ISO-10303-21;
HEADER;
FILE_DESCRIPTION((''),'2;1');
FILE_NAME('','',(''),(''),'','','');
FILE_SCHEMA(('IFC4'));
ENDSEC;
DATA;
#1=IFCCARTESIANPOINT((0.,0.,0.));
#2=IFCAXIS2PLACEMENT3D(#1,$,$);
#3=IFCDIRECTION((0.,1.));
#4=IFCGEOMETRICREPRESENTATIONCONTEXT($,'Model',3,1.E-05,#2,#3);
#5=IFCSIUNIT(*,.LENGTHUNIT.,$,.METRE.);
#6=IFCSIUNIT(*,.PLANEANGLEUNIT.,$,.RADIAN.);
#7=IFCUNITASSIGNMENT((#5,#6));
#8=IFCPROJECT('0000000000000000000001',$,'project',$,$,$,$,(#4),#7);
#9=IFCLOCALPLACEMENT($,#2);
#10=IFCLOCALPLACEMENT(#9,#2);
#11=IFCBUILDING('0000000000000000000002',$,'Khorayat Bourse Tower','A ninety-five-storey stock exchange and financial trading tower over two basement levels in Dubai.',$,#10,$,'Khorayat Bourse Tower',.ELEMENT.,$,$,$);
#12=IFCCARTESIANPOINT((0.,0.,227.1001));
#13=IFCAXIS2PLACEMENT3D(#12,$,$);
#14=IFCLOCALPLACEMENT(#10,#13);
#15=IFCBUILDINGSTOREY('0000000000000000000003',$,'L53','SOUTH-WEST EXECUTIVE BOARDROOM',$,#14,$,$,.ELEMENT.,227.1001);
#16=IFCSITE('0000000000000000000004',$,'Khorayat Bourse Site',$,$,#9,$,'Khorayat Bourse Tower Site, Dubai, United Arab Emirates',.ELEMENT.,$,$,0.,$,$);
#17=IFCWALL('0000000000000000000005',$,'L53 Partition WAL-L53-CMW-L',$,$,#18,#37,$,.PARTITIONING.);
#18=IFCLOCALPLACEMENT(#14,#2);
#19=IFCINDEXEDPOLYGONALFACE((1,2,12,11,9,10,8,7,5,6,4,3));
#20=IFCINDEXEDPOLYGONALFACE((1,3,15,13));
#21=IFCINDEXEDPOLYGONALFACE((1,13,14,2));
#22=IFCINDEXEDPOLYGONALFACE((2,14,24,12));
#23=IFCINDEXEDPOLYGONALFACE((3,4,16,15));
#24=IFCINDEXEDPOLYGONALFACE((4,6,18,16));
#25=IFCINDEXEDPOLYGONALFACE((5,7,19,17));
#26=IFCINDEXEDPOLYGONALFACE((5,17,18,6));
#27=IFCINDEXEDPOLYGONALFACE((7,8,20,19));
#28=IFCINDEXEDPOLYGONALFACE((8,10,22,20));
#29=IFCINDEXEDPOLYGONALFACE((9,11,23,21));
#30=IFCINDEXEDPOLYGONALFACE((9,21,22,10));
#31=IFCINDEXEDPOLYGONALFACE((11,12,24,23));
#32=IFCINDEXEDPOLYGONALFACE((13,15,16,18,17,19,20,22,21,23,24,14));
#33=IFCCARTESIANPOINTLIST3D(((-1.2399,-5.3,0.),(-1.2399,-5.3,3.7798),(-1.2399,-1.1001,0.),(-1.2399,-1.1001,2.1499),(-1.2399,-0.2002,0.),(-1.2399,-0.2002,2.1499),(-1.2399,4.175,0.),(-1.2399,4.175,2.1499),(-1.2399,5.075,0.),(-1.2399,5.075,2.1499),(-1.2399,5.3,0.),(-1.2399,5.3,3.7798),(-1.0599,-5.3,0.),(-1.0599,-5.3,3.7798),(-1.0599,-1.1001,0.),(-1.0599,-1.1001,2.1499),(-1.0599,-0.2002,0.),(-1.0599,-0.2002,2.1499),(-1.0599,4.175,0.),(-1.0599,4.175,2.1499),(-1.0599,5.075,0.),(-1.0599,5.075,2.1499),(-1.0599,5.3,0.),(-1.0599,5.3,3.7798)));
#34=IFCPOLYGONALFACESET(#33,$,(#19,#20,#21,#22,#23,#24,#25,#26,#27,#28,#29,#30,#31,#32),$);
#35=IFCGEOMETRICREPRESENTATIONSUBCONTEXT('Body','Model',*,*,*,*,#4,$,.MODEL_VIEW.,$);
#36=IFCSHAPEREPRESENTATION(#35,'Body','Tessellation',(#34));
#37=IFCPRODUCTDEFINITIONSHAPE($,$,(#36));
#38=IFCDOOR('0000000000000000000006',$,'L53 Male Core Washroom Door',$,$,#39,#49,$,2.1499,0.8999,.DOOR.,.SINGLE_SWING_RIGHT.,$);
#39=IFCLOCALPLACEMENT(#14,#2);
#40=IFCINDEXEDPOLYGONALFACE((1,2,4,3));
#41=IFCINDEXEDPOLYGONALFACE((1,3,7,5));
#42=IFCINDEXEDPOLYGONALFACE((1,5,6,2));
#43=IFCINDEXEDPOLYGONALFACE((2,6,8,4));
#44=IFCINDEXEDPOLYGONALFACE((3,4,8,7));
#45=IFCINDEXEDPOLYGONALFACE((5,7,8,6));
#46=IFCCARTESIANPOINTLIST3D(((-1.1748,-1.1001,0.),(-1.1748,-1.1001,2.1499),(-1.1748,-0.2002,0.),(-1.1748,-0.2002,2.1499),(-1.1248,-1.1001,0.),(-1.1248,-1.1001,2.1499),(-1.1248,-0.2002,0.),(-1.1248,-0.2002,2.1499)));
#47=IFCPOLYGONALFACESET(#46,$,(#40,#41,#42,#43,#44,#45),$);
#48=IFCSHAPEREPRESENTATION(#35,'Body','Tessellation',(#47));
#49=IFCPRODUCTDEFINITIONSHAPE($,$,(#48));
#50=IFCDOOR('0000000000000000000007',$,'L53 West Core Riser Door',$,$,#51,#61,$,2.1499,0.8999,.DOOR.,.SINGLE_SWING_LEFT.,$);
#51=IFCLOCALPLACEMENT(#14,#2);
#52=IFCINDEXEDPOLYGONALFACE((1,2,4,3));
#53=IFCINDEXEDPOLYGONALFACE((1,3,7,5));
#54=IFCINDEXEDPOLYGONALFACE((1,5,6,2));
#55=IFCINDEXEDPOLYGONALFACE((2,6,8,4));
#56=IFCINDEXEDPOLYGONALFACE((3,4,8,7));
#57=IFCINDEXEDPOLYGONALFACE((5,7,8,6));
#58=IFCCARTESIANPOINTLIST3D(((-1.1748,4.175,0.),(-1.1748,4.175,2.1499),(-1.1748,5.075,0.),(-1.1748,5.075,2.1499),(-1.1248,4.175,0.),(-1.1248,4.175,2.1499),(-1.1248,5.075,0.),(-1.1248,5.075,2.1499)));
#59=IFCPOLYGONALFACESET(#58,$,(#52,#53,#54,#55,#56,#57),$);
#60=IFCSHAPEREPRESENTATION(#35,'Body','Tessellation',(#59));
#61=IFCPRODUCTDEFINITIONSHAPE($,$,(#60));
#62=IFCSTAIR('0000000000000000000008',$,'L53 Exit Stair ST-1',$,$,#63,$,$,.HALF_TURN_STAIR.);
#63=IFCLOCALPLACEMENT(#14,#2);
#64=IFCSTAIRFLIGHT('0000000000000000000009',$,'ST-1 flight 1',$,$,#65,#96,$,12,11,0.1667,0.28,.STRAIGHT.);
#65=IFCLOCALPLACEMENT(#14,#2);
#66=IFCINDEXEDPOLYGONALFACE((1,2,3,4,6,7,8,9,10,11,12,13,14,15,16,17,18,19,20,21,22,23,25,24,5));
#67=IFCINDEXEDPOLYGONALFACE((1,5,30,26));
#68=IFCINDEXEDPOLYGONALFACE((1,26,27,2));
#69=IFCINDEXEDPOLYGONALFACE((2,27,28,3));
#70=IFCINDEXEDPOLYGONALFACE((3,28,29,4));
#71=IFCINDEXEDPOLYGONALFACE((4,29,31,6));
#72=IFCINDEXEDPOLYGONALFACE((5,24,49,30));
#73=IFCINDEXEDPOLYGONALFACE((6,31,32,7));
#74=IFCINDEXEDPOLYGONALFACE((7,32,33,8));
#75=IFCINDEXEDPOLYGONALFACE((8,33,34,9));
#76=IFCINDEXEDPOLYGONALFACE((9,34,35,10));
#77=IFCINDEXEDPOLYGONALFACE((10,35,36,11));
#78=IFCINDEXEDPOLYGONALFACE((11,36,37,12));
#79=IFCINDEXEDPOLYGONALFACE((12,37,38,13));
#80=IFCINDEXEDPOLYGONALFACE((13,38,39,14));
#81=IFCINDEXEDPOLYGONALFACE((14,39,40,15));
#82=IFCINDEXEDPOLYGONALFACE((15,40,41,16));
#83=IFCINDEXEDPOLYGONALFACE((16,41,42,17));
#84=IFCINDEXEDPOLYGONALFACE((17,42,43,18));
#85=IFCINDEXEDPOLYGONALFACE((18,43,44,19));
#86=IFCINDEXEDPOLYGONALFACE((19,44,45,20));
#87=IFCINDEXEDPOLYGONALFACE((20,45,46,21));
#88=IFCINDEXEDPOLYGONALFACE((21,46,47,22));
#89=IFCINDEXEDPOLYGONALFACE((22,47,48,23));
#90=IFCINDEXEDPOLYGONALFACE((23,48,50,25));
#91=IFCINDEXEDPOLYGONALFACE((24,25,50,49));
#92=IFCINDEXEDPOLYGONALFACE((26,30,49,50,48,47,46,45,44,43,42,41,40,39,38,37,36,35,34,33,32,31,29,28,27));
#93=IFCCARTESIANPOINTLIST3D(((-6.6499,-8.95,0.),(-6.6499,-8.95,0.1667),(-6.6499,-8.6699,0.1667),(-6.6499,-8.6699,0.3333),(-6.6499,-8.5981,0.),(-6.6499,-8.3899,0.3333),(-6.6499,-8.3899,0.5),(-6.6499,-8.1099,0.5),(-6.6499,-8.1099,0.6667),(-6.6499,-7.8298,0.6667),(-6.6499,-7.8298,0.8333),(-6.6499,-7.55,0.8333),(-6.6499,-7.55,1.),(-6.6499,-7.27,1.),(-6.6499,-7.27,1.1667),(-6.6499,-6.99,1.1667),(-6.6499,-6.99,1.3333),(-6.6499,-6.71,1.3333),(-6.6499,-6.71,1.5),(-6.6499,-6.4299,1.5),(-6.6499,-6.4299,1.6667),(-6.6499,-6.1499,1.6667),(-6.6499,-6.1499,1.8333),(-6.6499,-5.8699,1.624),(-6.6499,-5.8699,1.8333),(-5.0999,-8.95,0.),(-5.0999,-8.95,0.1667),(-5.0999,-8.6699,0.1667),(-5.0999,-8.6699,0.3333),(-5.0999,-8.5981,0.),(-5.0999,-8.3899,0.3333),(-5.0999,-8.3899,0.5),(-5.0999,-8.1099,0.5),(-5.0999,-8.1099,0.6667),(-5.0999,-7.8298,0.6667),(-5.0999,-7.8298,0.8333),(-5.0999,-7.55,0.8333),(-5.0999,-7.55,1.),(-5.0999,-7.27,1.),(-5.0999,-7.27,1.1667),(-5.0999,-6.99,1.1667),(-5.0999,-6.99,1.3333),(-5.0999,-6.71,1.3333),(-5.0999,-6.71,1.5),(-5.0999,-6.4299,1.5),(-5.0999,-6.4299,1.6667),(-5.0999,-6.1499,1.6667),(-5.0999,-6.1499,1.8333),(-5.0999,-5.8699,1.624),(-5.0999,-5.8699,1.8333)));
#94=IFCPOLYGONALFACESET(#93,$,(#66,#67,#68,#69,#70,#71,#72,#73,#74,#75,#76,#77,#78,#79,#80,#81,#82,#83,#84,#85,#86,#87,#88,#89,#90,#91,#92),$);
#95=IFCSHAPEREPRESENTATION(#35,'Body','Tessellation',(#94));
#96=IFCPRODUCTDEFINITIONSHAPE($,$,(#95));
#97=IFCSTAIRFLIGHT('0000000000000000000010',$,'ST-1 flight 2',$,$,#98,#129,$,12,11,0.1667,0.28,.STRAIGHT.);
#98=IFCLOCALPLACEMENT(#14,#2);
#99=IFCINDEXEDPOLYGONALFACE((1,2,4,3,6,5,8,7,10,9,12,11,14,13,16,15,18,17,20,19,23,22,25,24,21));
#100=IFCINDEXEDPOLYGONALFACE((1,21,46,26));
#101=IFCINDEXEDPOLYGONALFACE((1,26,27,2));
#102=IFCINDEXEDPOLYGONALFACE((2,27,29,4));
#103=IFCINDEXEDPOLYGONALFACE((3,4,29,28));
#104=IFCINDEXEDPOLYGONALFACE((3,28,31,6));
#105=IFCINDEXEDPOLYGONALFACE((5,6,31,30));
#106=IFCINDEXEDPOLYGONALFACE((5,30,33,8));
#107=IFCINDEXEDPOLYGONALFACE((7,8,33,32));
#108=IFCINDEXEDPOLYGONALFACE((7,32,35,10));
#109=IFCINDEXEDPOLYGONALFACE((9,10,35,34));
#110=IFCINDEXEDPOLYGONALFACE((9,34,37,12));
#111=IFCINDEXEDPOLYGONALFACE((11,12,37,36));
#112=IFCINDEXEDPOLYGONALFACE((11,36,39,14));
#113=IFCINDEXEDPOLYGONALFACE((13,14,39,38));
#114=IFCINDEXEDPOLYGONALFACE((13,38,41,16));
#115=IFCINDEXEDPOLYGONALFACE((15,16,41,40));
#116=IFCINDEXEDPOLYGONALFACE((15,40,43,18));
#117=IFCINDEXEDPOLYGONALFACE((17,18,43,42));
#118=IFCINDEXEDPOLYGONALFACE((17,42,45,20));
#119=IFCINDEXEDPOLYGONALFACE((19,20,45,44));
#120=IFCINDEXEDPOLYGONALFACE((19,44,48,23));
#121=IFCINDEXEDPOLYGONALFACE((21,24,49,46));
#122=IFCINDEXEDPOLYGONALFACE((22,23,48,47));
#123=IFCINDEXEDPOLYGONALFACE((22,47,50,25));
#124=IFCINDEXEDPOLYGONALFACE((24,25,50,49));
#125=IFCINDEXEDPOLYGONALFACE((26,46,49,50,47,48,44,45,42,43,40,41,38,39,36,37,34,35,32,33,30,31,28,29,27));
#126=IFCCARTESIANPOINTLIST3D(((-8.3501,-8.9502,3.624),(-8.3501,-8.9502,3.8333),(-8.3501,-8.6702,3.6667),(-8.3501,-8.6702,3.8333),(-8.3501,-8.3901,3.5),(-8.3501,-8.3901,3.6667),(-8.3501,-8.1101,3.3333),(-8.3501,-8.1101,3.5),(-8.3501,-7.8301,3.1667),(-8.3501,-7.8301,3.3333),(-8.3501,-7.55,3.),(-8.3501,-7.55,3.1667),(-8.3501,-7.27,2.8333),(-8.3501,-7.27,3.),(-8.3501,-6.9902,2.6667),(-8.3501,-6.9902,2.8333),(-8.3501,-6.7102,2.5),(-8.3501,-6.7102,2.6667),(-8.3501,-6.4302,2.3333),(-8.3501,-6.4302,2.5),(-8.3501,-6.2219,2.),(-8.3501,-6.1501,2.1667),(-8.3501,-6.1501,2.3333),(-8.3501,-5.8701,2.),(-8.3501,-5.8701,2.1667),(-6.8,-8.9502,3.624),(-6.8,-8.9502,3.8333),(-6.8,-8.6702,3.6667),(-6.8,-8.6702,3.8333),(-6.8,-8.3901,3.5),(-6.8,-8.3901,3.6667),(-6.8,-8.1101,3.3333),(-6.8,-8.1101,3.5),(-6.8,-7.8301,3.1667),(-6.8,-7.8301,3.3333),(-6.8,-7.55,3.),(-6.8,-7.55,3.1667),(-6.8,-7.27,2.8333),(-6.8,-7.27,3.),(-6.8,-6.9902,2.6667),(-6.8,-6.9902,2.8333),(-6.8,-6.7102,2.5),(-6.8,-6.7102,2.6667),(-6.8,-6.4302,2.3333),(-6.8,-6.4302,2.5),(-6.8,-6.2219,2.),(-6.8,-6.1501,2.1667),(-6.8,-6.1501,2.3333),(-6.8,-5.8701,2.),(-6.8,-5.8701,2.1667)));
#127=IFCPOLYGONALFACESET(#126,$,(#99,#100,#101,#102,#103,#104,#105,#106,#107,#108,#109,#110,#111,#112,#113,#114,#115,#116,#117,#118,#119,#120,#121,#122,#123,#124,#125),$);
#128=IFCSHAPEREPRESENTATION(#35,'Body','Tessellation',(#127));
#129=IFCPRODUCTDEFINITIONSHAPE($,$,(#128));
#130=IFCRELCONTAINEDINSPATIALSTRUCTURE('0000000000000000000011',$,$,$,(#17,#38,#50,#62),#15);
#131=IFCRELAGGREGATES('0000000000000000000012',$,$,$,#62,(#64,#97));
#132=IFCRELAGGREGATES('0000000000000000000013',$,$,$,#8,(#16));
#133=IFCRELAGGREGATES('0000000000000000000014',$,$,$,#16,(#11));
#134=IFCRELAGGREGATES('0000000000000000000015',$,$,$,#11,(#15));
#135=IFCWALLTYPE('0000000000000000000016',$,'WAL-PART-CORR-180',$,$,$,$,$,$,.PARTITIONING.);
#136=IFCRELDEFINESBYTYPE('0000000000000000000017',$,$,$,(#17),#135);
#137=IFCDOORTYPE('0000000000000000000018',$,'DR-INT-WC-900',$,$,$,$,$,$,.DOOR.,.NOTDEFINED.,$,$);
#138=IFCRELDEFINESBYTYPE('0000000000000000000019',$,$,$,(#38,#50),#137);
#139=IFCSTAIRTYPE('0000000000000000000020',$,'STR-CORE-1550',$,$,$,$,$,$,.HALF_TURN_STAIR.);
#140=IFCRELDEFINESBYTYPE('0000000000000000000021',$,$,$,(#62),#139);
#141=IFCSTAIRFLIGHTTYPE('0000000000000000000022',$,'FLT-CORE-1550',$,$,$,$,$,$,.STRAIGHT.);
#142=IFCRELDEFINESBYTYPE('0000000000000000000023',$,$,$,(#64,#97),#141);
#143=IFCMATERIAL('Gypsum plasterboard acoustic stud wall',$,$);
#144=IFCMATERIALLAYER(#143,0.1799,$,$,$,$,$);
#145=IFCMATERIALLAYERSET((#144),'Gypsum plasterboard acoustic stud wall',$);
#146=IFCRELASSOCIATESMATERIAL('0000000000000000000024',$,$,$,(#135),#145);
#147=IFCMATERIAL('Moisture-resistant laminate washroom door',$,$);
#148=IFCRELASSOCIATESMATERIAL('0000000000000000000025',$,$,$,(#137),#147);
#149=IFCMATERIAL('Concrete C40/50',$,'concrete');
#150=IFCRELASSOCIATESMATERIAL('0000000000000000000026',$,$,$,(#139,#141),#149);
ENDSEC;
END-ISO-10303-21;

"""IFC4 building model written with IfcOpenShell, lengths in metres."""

from ifc_helpers import new_model, si_unit, direction, frame, frame_2d, origin, place, context, subcontext, project, spatial, polyline, rectangle, outline, extrude, source, transform, mapped, material, layer, layer_set, type_object, element, fill, aggregate, save


model = new_model("IFC4")

# Units and contexts
model_context = context("Model", 3, precision=1e-05, world=origin(), true_north=direction((0.0, 1.0)))
body_context = subcontext(model_context, "Body", "Model", "MODEL_VIEW")
ifc_project = project(units=[si_unit("LENGTHUNIT", "METRE"), si_unit("PLANEANGLEUNIT", "RADIAN")], contexts=[model_context])

# Site, building, storey
site_placement = place(None, origin())
site = spatial("IfcSite", under=ifc_project, at=site_placement, Name="Khorayat Bourse Site", LongName="Khorayat Bourse Tower Site, Dubai, United Arab Emirates", CompositionType="ELEMENT", RefElevation=0.0)
building_placement = place(site_placement, origin())
building = spatial("IfcBuilding", under=site, at=building_placement, Name="Khorayat Bourse Tower", Description="A ninety-five-storey stock exchange and financial trading tower over two basement levels in Dubai.", LongName="Khorayat Bourse Tower", CompositionType="ELEMENT")
storey_placement = place(building_placement, frame((0.0, 0.0, 227.1001)))
storey = spatial("IfcBuildingStorey", under=building, at=storey_placement, Name="L53", Description="SOUTH-WEST EXECUTIVE BOARDROOM", CompositionType="ELEMENT", Elevation=227.1001)

# Shared definitions
ifc_material_1 = material(Name="Gypsum plasterboard acoustic stud wall")
ifc_layer_1 = layer(ifc_material_1, 0.1799)
ifc_layer_set_1 = layer_set([ifc_layer_1], Name="Gypsum plasterboard acoustic stud wall")
wall_type_1 = type_object("IfcWallType", Name="WAL-PART-CORR-180", PredefinedType="PARTITIONING", material=ifc_layer_set_1)

# Shared definitions
shared_shape_1 = source(origin(), body_context, "Body", "SweptSolid", [
    extrude(rectangle(XDim=0.8999, YDim=2.1499, at=frame_2d((0.45, 1.075))), frame((0.0, 0.0999, 0.0), z_axis=(0.0, -1.0, 0.0), x_axis=(1.0, 0.0, 0.0)), (0.0, 0.0, 1.0), 0.2),
])
ifc_material_2 = material(Name="Moisture-resistant laminate washroom door")
door_type_1 = type_object("IfcDoorType", Name="DR-INT-WC-900", OperationType="NOTDEFINED", PredefinedType="DOOR", material=ifc_material_2)
shared_shape_2 = source(origin(), body_context, "Body", "SweptSolid", [
    extrude(rectangle(XDim=0.8999, YDim=2.1499, at=frame_2d((0.45, 1.075))), frame((0.0, 0.0249, 0.0), z_axis=(0.0, -1.0, 0.0), x_axis=(1.0, 0.0, 0.0)), (0.0, 0.0, 1.0), 0.05),
])

# Wall, openings, doors
shared_shape_3 = source(origin(), body_context, "Body", "SweptSolid", [
    extrude(rectangle(XDim=10.6001, YDim=0.1799, at=frame_2d((5.3, 0.0))), origin(), (0.0, 0.0, 1.0), 3.7798),
])
wall_1_placement = place(storey_placement, frame((-1.1499, -5.3, 0.0), z_axis=(0.0, 0.0, 1.0), x_axis=(0.0, 1.0, 0.0)))
wall_1 = element("IfcWall", 1, at=wall_1_placement, inside=storey, type_object=wall_type_1, Name="L53 Partition WAL-L53-CMW-L", PredefinedType="PARTITIONING", context=body_context, shape_type="MappedRepresentation", body=[
    mapped(shared_shape_3, transform((0.0, 0.0, 0.0), scale=1.0)),
])
opening_1_placement = place(wall_1_placement, frame((4.2, 0.0, 0.0)))
opening_1 = element("IfcOpeningElement", 2, at=opening_1_placement, cuts=wall_1, PredefinedType="OPENING", context=body_context, shape_type="MappedRepresentation", body=[
    mapped(shared_shape_1, transform((0.0, 0.0, 0.0), scale=1.0)),
])
opening_2_placement = place(wall_1_placement, frame((9.4751, 0.0, 0.0)))
opening_2 = element("IfcOpeningElement", 3, at=opening_2_placement, cuts=wall_1, PredefinedType="OPENING", context=body_context, shape_type="MappedRepresentation", body=[
    mapped(shared_shape_1, transform((0.0, 0.0, 0.0), scale=1.0)),
])
door_1_placement = place(opening_1_placement, origin())
door_1 = element("IfcDoor", 4, at=door_1_placement, inside=storey, type_object=door_type_1, Name="L53 Male Core Washroom Door", OperationType="SINGLE_SWING_RIGHT", OverallHeight=2.1499, OverallWidth=0.8999, PredefinedType="DOOR", context=body_context, shape_type="MappedRepresentation", body=[
    mapped(shared_shape_2, transform((0.0, 0.0, 0.0), scale=1.0)),
])
fill(opening_1, door_1)
door_2_placement = place(opening_2_placement, origin())
door_2 = element("IfcDoor", 5, at=door_2_placement, inside=storey, type_object=door_type_1, Name="L53 West Core Riser Door", OperationType="SINGLE_SWING_LEFT", OverallHeight=2.1499, OverallWidth=0.8999, PredefinedType="DOOR", context=body_context, shape_type="MappedRepresentation", body=[
    mapped(shared_shape_2, transform((0.0, 0.0, 0.0), scale=1.0)),
])
fill(opening_2, door_2)

# Stair, stair flights
ifc_material_3 = material(Name="Concrete C40/50", Category="concrete")
stair_type = type_object("IfcStairType", Name="STR-CORE-1550", PredefinedType="HALF_TURN_STAIR", material=ifc_material_3)
stair_placement = place(storey_placement, origin())
stair = element("IfcStair", 6, at=stair_placement, inside=storey, type_object=stair_type, Name="L53 Exit Stair ST-1", PredefinedType="HALF_TURN_STAIR")
stair_flight_type = type_object("IfcStairFlightType", Name="FLT-CORE-1550", PredefinedType="STRAIGHT", material=ifc_material_3)
shared_shape_4 = source(origin(), body_context, "Body", "SweptSolid", [
    extrude(outline(polyline([(0.0, 0.0), (0.0, 0.1667), (0.28, 0.1667), (0.28, 0.3333), (0.5601, 0.3333), (0.5601, 0.5), (0.8401, 0.5), (0.8401, 0.6667), (1.1201, 0.6667), (1.1201, 0.8333), (1.3999, 0.8333), (1.3999, 1.0), (1.6799, 1.0), (1.6799, 1.1667), (1.96, 1.1667), (1.96, 1.3333), (2.24, 1.3333), (2.24, 1.5), (2.52, 1.5), (2.52, 1.6667), (2.8, 1.6667), (2.8, 1.8333), (3.0801, 1.8333), (3.0801, 2.0), (3.0801, 1.624), (0.3518, 0.0), (0.0, 0.0)])), frame((0.0, 0.7749, 0.0), z_axis=(0.0, -1.0, 0.0), x_axis=(1.0, 0.0, 0.0)), (0.0, 0.0, 1.0), 1.55),
])
stair_flight_1_placement = place(storey_placement, frame((-5.875, -8.95, 0.0), z_axis=(0.0, 0.0, 1.0), x_axis=(0.0, 1.0, 0.0)))
stair_flight_1 = element("IfcStairFlight", 7, at=stair_flight_1_placement, type_object=stair_flight_type, Name="ST-1 flight 1", NumberOfRisers=12, NumberOfTreads=11, PredefinedType="STRAIGHT", RiserHeight=0.1667, TreadLength=0.28, context=body_context, shape_type="MappedRepresentation", body=[
    mapped(shared_shape_4, transform((0.0, 0.0, 0.0), scale=1.0)),
])
stair_flight_2_placement = place(storey_placement, frame((-7.575, -5.8701, 2.0), z_axis=(0.0, 0.0, 1.0), x_axis=(0.0, -1.0, 0.0)))
stair_flight_2 = element("IfcStairFlight", 8, at=stair_flight_2_placement, type_object=stair_flight_type, Name="ST-1 flight 2", NumberOfRisers=12, NumberOfTreads=11, PredefinedType="STRAIGHT", RiserHeight=0.1667, TreadLength=0.28, context=body_context, shape_type="MappedRepresentation", body=[
    mapped(shared_shape_4, transform((0.0, 0.0, 0.0), scale=1.0)),
])
aggregate(stair, [stair_flight_1, stair_flight_2])

save(model, "model.ifc")
